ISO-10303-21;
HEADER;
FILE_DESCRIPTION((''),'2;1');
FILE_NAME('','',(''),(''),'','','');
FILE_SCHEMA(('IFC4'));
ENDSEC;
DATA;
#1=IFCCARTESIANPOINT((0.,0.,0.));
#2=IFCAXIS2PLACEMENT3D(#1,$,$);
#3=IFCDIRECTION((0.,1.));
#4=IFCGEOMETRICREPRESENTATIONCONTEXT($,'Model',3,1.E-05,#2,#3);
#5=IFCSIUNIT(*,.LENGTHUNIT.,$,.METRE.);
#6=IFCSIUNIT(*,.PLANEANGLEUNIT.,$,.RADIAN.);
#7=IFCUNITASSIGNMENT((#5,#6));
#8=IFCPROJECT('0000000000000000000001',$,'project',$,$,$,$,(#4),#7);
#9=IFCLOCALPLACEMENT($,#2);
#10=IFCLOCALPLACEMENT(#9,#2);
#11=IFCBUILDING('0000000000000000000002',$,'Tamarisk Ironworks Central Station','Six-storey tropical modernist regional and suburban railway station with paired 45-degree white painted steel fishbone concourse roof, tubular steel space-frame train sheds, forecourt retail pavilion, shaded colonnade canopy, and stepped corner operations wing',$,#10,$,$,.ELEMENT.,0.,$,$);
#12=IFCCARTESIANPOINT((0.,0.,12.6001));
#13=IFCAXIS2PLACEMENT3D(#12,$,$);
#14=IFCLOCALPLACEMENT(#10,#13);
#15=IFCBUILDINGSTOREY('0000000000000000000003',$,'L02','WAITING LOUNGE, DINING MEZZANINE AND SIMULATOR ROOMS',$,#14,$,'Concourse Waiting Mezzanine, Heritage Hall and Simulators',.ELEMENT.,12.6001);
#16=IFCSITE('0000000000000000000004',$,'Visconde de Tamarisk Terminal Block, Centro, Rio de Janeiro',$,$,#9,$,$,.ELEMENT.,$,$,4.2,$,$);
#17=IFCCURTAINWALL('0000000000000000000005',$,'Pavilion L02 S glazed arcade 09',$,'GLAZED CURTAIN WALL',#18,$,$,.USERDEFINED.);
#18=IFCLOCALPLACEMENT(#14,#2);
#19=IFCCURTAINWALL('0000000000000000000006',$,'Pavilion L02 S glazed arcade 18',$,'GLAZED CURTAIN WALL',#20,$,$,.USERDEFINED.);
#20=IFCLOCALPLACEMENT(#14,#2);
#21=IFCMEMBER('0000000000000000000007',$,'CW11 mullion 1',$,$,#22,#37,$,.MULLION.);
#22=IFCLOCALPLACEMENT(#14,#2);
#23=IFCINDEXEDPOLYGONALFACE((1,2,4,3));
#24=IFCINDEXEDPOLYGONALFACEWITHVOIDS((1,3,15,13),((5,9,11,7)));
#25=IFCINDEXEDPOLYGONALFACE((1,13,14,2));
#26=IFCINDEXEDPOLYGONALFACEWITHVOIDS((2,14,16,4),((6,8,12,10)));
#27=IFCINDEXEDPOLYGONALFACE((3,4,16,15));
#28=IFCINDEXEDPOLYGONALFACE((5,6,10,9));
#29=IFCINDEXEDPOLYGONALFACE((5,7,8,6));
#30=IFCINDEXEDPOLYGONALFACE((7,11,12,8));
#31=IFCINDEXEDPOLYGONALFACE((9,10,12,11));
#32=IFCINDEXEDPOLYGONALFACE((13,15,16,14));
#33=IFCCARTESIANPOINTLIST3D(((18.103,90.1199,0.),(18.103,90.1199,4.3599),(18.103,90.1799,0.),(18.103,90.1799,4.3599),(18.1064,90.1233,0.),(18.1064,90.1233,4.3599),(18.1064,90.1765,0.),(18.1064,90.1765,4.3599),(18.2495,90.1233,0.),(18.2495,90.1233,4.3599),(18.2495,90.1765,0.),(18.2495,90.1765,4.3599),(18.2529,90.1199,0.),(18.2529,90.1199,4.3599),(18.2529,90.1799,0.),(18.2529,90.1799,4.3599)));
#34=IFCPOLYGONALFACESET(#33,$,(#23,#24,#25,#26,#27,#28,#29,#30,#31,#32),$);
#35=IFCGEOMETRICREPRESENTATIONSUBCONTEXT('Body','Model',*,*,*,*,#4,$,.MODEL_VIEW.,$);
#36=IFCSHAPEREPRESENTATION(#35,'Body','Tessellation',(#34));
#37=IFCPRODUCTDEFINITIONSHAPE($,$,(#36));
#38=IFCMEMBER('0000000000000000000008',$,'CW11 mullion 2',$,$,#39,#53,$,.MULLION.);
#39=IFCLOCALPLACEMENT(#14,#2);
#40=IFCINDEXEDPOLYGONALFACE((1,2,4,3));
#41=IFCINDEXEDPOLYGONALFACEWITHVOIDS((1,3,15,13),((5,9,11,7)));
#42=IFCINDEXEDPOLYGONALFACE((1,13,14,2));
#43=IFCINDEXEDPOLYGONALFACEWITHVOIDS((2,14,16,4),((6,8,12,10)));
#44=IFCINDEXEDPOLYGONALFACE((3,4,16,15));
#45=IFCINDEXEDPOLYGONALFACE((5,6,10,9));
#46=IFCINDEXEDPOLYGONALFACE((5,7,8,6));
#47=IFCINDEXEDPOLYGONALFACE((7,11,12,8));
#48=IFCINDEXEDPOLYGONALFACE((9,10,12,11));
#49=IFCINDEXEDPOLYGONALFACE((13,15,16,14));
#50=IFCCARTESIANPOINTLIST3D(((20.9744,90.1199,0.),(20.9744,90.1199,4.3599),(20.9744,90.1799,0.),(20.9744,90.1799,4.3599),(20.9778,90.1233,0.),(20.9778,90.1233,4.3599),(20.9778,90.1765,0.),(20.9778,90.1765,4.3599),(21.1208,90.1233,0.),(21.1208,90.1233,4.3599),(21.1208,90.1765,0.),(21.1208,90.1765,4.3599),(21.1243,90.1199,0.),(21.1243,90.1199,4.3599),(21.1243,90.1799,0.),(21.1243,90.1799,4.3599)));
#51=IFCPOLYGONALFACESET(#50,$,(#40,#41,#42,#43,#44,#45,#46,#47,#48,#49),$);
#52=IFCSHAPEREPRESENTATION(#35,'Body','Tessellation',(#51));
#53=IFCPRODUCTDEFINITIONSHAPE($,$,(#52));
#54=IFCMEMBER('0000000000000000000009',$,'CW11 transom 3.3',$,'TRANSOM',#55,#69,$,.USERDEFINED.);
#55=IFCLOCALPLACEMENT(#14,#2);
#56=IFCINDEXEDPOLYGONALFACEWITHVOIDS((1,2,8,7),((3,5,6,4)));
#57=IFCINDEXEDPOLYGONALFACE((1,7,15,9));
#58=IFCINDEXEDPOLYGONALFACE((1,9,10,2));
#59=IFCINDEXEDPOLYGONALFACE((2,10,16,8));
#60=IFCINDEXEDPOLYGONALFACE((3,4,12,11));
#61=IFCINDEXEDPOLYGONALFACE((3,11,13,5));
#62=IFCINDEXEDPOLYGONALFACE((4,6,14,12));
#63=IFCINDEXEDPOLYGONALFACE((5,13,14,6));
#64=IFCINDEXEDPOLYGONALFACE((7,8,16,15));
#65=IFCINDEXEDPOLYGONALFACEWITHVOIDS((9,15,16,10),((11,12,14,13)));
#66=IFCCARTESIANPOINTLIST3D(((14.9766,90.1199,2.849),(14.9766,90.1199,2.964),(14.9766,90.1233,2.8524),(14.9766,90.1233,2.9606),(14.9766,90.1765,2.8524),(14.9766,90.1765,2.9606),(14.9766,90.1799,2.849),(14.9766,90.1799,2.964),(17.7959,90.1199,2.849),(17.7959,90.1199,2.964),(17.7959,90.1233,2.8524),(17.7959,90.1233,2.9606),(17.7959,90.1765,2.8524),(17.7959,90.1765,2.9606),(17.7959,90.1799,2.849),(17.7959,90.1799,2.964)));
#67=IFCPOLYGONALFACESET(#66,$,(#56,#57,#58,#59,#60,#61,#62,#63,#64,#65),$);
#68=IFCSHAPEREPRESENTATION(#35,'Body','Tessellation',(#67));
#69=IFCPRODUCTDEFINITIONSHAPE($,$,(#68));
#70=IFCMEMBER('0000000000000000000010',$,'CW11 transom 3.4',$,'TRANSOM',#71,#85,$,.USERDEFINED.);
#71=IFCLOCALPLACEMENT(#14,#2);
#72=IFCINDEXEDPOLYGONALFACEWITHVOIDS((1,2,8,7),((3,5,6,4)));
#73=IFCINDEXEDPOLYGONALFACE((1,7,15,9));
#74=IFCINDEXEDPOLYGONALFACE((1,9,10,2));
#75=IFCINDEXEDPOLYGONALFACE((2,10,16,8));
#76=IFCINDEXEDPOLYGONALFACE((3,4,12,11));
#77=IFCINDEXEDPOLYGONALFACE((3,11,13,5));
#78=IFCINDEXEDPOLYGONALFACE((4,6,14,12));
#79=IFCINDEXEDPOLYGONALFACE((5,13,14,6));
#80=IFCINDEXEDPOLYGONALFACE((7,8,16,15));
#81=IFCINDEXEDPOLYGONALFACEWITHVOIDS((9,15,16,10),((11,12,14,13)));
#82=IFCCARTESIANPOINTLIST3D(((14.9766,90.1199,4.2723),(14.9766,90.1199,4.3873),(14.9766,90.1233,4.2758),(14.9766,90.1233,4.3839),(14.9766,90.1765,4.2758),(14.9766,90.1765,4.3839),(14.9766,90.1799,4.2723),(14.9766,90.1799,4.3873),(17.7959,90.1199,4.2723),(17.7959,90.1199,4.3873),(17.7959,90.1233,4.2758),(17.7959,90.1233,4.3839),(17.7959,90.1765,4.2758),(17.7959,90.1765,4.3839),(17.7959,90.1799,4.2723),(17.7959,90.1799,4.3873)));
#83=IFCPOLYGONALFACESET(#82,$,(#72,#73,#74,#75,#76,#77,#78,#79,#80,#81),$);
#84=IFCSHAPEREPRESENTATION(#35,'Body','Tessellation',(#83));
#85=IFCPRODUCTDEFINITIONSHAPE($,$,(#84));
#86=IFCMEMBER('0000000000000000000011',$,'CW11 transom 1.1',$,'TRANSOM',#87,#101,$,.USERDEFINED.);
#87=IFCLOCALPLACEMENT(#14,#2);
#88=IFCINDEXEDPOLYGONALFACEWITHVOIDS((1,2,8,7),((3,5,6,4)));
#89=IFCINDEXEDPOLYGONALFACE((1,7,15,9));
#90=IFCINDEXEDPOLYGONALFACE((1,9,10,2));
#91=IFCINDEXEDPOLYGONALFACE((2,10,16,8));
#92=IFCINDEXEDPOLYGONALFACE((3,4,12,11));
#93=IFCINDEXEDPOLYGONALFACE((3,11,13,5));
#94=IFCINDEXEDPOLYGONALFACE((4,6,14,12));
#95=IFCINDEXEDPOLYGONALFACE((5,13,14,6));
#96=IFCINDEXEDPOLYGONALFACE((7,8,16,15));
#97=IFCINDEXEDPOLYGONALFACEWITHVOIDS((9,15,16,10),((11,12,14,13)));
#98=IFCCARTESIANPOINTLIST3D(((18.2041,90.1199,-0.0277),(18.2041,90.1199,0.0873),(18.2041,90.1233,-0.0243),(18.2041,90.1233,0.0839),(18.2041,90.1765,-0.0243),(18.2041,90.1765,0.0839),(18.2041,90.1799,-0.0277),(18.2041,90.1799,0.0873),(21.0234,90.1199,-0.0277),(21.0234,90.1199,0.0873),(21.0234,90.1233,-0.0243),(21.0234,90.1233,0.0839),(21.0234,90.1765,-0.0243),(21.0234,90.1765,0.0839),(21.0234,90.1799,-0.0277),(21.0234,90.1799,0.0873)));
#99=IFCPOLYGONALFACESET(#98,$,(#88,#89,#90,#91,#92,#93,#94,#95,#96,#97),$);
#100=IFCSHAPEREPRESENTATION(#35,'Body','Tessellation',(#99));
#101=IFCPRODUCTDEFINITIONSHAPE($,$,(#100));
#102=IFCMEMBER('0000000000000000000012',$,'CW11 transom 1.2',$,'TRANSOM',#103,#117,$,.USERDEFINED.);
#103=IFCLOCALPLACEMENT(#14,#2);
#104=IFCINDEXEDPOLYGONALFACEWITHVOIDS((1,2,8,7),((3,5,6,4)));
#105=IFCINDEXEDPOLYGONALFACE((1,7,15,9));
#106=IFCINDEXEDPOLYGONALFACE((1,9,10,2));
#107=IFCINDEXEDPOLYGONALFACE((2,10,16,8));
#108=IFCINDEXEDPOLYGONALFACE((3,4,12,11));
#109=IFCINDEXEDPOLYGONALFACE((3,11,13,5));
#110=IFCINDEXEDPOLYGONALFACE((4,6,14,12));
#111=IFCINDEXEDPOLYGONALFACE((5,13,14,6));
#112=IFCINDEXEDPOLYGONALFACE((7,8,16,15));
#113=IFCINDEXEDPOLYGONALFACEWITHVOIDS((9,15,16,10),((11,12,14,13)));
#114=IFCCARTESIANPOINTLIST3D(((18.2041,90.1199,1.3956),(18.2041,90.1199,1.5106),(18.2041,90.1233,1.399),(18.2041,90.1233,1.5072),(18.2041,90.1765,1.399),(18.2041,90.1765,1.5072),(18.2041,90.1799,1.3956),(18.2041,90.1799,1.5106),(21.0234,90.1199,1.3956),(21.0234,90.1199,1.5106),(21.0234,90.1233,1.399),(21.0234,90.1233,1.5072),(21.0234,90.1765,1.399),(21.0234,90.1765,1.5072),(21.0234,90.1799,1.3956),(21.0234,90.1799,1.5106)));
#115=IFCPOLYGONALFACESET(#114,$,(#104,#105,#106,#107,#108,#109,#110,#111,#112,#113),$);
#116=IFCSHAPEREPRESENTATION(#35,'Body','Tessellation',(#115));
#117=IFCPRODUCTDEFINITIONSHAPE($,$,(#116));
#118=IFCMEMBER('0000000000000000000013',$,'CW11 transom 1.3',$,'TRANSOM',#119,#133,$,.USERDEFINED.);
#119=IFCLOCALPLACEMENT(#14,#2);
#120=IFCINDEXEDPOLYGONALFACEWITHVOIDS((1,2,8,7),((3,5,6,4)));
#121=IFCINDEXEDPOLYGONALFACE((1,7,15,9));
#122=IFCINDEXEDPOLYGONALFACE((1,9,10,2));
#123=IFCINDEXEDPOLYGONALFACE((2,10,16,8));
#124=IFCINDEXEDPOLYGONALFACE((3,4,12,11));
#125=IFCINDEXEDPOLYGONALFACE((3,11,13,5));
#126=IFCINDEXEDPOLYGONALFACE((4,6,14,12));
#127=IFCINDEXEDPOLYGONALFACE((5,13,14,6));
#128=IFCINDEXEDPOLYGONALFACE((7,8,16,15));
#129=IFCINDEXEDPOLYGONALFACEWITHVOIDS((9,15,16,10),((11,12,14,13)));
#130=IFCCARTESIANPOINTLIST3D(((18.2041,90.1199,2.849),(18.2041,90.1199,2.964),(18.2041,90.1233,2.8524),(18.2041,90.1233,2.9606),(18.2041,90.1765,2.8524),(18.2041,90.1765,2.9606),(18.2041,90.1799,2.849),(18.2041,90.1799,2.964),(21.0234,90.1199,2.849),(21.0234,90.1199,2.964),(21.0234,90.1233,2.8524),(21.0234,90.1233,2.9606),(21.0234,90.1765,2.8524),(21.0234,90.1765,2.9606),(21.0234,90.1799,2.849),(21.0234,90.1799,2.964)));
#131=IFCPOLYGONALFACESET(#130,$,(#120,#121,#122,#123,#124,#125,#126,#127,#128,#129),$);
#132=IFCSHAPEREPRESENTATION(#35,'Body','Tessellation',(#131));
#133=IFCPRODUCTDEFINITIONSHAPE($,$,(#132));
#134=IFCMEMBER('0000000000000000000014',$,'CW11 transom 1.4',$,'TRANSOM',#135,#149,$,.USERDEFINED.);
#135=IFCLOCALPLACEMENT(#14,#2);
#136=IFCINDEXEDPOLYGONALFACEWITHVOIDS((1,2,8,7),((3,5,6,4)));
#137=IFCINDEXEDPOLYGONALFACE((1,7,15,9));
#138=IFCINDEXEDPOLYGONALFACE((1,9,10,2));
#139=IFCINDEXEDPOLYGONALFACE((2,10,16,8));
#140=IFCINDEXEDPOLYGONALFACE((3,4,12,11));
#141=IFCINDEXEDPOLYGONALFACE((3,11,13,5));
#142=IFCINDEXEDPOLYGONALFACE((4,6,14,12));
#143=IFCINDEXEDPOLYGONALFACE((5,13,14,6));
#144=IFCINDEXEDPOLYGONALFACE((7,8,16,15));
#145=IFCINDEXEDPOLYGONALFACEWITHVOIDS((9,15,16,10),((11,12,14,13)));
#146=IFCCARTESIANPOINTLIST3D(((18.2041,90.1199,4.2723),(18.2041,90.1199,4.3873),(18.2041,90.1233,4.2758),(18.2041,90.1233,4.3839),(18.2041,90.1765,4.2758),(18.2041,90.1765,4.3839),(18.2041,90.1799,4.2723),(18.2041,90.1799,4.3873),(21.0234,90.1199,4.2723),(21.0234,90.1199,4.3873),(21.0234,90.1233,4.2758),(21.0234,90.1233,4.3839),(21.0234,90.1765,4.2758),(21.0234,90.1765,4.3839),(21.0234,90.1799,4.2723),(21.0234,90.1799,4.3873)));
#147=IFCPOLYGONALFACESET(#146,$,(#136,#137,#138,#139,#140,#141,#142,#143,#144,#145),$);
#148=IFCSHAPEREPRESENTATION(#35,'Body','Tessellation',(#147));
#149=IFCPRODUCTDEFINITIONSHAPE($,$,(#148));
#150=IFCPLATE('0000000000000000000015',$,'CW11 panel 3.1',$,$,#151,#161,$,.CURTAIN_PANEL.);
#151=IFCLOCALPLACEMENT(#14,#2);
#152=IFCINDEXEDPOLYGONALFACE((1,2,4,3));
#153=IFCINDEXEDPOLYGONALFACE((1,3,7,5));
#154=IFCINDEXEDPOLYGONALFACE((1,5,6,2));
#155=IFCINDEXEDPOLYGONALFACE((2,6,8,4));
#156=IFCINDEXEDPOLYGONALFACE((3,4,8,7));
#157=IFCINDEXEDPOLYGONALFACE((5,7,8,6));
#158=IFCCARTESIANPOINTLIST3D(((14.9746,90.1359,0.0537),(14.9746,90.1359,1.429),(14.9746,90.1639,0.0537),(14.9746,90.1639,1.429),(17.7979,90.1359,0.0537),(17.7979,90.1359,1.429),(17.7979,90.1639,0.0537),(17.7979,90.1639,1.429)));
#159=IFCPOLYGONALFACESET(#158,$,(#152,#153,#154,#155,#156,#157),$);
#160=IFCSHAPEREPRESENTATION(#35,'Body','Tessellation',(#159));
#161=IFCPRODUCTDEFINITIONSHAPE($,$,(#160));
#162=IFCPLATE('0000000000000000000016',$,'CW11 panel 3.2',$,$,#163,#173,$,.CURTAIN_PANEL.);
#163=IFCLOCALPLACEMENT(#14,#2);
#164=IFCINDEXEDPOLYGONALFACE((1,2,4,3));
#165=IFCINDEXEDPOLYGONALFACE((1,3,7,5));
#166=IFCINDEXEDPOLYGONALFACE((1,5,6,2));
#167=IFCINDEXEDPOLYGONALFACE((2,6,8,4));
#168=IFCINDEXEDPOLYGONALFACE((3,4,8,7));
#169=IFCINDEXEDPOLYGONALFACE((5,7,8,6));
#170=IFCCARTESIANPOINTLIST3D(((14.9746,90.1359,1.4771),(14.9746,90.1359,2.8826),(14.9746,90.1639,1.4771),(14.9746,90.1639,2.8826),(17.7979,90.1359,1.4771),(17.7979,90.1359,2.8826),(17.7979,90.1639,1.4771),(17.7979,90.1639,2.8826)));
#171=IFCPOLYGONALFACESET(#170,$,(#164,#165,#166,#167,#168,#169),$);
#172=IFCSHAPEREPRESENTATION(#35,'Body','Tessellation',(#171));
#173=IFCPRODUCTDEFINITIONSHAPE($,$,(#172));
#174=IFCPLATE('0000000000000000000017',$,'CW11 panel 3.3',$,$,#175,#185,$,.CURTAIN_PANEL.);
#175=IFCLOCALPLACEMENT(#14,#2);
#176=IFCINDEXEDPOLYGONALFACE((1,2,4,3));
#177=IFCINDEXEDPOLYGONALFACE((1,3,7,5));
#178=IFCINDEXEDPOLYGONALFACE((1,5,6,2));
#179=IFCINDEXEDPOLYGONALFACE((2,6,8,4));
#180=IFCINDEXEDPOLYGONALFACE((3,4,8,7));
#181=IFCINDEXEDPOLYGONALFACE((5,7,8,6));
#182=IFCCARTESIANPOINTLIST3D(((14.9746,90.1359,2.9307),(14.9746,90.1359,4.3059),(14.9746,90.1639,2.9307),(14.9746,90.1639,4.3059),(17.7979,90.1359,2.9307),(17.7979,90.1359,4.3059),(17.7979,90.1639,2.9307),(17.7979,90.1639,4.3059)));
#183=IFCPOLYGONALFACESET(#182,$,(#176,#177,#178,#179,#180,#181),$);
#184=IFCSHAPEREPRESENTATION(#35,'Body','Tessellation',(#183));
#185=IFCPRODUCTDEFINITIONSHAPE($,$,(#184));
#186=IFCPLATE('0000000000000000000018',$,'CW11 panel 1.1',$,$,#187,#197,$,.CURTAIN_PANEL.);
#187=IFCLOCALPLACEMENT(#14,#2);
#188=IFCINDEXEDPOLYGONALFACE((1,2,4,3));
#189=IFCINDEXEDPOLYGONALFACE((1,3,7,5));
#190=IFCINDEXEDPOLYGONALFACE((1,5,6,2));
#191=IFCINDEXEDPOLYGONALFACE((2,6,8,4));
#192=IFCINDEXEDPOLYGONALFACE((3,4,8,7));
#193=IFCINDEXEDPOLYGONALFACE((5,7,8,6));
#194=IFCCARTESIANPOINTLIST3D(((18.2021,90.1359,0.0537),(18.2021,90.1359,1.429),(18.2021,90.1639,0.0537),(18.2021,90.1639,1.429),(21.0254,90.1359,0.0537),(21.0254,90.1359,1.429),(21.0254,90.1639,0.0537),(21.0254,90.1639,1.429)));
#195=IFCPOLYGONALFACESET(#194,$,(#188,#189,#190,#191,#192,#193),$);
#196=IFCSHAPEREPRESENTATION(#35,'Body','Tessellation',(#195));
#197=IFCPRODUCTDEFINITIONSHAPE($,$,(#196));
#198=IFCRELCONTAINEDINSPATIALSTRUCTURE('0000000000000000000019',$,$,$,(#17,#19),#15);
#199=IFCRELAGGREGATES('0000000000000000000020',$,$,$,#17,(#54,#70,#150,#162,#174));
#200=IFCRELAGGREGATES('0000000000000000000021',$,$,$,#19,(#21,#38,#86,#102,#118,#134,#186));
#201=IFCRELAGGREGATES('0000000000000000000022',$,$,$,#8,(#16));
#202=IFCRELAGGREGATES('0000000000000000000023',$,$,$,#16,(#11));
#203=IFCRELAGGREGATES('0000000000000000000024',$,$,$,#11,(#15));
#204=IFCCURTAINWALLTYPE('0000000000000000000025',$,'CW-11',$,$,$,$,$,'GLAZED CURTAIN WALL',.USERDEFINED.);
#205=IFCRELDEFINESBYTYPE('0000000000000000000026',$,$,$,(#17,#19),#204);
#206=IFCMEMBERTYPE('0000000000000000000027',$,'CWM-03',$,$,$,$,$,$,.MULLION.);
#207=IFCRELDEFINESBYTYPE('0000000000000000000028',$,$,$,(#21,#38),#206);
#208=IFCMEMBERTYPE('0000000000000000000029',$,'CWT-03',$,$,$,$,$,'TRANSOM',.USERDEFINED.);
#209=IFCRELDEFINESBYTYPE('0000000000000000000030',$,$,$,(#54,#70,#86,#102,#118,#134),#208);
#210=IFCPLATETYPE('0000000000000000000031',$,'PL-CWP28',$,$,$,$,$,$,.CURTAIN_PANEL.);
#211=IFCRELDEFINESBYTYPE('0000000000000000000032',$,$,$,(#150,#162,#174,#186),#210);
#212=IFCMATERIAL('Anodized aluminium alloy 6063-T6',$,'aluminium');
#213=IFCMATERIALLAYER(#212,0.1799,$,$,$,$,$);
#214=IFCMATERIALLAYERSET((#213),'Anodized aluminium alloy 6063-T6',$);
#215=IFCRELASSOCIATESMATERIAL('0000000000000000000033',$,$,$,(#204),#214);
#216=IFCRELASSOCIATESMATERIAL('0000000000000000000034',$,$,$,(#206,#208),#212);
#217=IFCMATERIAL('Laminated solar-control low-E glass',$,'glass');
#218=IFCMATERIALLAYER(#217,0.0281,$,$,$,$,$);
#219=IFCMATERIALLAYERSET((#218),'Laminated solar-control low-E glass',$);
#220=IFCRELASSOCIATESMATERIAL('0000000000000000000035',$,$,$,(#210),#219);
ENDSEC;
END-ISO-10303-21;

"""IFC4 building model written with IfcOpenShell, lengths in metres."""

from ifc_helpers import new_model, si_unit, direction, frame, origin, origin_2d, place, context, subcontext, project, spatial, rectangle, hollow_rectangle, extrude, material, layer, layer_set, material_profile, profile_set, type_object, element, aggregate, save


model = new_model("IFC4")

# Units and contexts
model_context = context("Model", 3, precision=1e-05, world=origin(), true_north=direction((0.0, 1.0)))
body_context = subcontext(model_context, "Body", "Model", "MODEL_VIEW")
ifc_project = project(units=[si_unit("LENGTHUNIT", "METRE"), si_unit("PLANEANGLEUNIT", "RADIAN")], contexts=[model_context])

# Site, building, storey
site_placement = place(None, origin())
site = spatial("IfcSite", under=ifc_project, at=site_placement, Name="Visconde de Tamarisk Terminal Block, Centro, Rio de Janeiro", CompositionType="ELEMENT", RefElevation=4.2)
building_placement = place(site_placement, origin())
building = spatial("IfcBuilding", under=site, at=building_placement, Name="Tamarisk Ironworks Central Station", Description="Six-storey tropical modernist regional and suburban railway station with paired 45-degree white painted steel fishbone concourse roof, tubular steel space-frame train sheds, forecourt retail pavilion, shaded colonnade canopy, and stepped corner operations wing", CompositionType="ELEMENT", ElevationOfRefHeight=0.0)
storey_placement = place(building_placement, frame((0.0, 0.0, 12.6001)))
storey = spatial("IfcBuildingStorey", under=building, at=storey_placement, Name="L02", Description="WAITING LOUNGE, DINING MEZZANINE AND SIMULATOR ROOMS", LongName="Concourse Waiting Mezzanine, Heritage Hall and Simulators", CompositionType="ELEMENT", Elevation=12.6001)

# Curtain wall
ifc_material_1 = material(Name="Anodized aluminium alloy 6063-T6", Category="aluminium")
ifc_layer_1 = layer(ifc_material_1, 0.1799)
ifc_layer_set_1 = layer_set([ifc_layer_1], Name="Anodized aluminium alloy 6063-T6")
curtain_wall_type = type_object("IfcCurtainWallType", Name="CW-11", ElementType="GLAZED CURTAIN WALL", PredefinedType="USERDEFINED", material=ifc_layer_set_1)
curtain_wall_1_placement = place(storey_placement, origin())
curtain_wall_1 = element("IfcCurtainWall", 1, at=curtain_wall_1_placement, inside=storey, type_object=curtain_wall_type, Name="Pavilion L02 S glazed arcade 09", ObjectType="GLAZED CURTAIN WALL", PredefinedType="USERDEFINED")
ifc_material_profile_1 = material_profile(ifc_material_1, hollow_rectangle(XDim=0.0601, YDim=0.1499, WallThickness=0.0034, at=origin_2d()), Name="ALUM 150x60")
ifc_profile_set_1 = profile_set([ifc_material_profile_1], Name="Anodized aluminium alloy 6063-T6")
member_type_1 = type_object("IfcMemberType", Name="CWM-03", PredefinedType="MULLION", material=ifc_profile_set_1)

# Curtain wall, members
curtain_wall_2_placement = place(storey_placement, origin())
curtain_wall_2 = element("IfcCurtainWall", 2, at=curtain_wall_2_placement, inside=storey, type_object=curtain_wall_type, Name="Pavilion L02 S glazed arcade 18", ObjectType="GLAZED CURTAIN WALL", PredefinedType="USERDEFINED")
member_1_placement = place(storey_placement, frame((18.178, 90.1499, 0.0), z_axis=(0.0, 0.0, 1.0), x_axis=(0.0, 1.0, 0.0)))
member_1 = element("IfcMember", 3, at=member_1_placement, type_object=member_type_1, Name="CW11 mullion 1", PredefinedType="MULLION", context=body_context, shape_type="SweptSolid", body=[
    extrude(hollow_rectangle(XDim=0.0601, YDim=0.1499, WallThickness=0.0034, at=origin_2d()), origin(), (0.0, 0.0, 1.0), 4.3599),
])
member_2_placement = place(storey_placement, frame((21.0493, 90.1499, 0.0), z_axis=(0.0, 0.0, 1.0), x_axis=(0.0, 1.0, 0.0)))
member_2 = element("IfcMember", 4, at=member_2_placement, type_object=member_type_1, Name="CW11 mullion 2", PredefinedType="MULLION", context=body_context, shape_type="SweptSolid", body=[
    extrude(hollow_rectangle(XDim=0.0601, YDim=0.1499, WallThickness=0.0034, at=origin_2d()), origin(), (0.0, 0.0, 1.0), 4.3599),
])

# Members
ifc_material_profile_2 = material_profile(ifc_material_1, hollow_rectangle(XDim=0.0601, YDim=0.115, WallThickness=0.0034, at=origin_2d()), Name="ALUM 115x60")
ifc_profile_set_2 = profile_set([ifc_material_profile_2], Name="Anodized aluminium alloy 6063-T6")
member_type_2 = type_object("IfcMemberType", Name="CWT-03", ElementType="TRANSOM", PredefinedType="USERDEFINED", material=ifc_profile_set_2)
member_3_placement = place(storey_placement, frame((14.9766, 90.1499, 2.9065), z_axis=(1.0, 0.0, 0.0), x_axis=(0.0, 1.0, 0.0)))
member_3 = element("IfcMember", 5, at=member_3_placement, type_object=member_type_2, Name="CW11 transom 3.3", ObjectType="TRANSOM", PredefinedType="USERDEFINED", context=body_context, shape_type="SweptSolid", body=[
    extrude(hollow_rectangle(XDim=0.0601, YDim=0.115, WallThickness=0.0034, at=origin_2d()), origin(), (0.0, 0.0, 1.0), 2.8193),
])
member_4_placement = place(storey_placement, frame((14.9766, 90.1499, 4.3298), z_axis=(1.0, 0.0, 0.0), x_axis=(0.0, 1.0, 0.0)))
member_4 = element("IfcMember", 6, at=member_4_placement, type_object=member_type_2, Name="CW11 transom 3.4", ObjectType="TRANSOM", PredefinedType="USERDEFINED", context=body_context, shape_type="SweptSolid", body=[
    extrude(hollow_rectangle(XDim=0.0601, YDim=0.115, WallThickness=0.0034, at=origin_2d()), origin(), (0.0, 0.0, 1.0), 2.8193),
])
member_5_placement = place(storey_placement, frame((18.2041, 90.1499, 0.0298), z_axis=(1.0, 0.0, 0.0), x_axis=(0.0, 1.0, 0.0)))
member_5 = element("IfcMember", 7, at=member_5_placement, type_object=member_type_2, Name="CW11 transom 1.1", ObjectType="TRANSOM", PredefinedType="USERDEFINED", context=body_context, shape_type="SweptSolid", body=[
    extrude(hollow_rectangle(XDim=0.0601, YDim=0.115, WallThickness=0.0034, at=origin_2d()), origin(), (0.0, 0.0, 1.0), 2.8193),
])
member_6_placement = place(storey_placement, frame((18.2041, 90.1499, 1.4531), z_axis=(1.0, 0.0, 0.0), x_axis=(0.0, 1.0, 0.0)))
member_6 = element("IfcMember", 8, at=member_6_placement, type_object=member_type_2, Name="CW11 transom 1.2", ObjectType="TRANSOM", PredefinedType="USERDEFINED", context=body_context, shape_type="SweptSolid", body=[
    extrude(hollow_rectangle(XDim=0.0601, YDim=0.115, WallThickness=0.0034, at=origin_2d()), origin(), (0.0, 0.0, 1.0), 2.8193),
])
member_7_placement = place(storey_placement, frame((18.2041, 90.1499, 2.9065), z_axis=(1.0, 0.0, 0.0), x_axis=(0.0, 1.0, 0.0)))
member_7 = element("IfcMember", 9, at=member_7_placement, type_object=member_type_2, Name="CW11 transom 1.3", ObjectType="TRANSOM", PredefinedType="USERDEFINED", context=body_context, shape_type="SweptSolid", body=[
    extrude(hollow_rectangle(XDim=0.0601, YDim=0.115, WallThickness=0.0034, at=origin_2d()), origin(), (0.0, 0.0, 1.0), 2.8193),
])
member_8_placement = place(storey_placement, frame((18.2041, 90.1499, 4.3298), z_axis=(1.0, 0.0, 0.0), x_axis=(0.0, 1.0, 0.0)))
member_8 = element("IfcMember", 10, at=member_8_placement, type_object=member_type_2, Name="CW11 transom 1.4", ObjectType="TRANSOM", PredefinedType="USERDEFINED", context=body_context, shape_type="SweptSolid", body=[
    extrude(hollow_rectangle(XDim=0.0601, YDim=0.115, WallThickness=0.0034, at=origin_2d()), origin(), (0.0, 0.0, 1.0), 2.8193),
])

# Plates
ifc_material_2 = material(Name="Laminated solar-control low-E glass", Category="glass")
ifc_layer_2 = layer(ifc_material_2, 0.0281)
ifc_layer_set_2 = layer_set([ifc_layer_2], Name="Laminated solar-control low-E glass")
plate_type = type_object("IfcPlateType", Name="PL-CWP28", PredefinedType="CURTAIN_PANEL", material=ifc_layer_set_2)
plate_1_placement = place(storey_placement, frame((16.3862, 90.1499, 0.0537), z_axis=(0.0, 0.0, 1.0), x_axis=(1.0, 0.0, 0.0)))
plate_1 = element("IfcPlate", 11, at=plate_1_placement, type_object=plate_type, Name="CW11 panel 3.1", PredefinedType="CURTAIN_PANEL", context=body_context, shape_type="SweptSolid", body=[
    extrude(rectangle(XDim=2.8232, YDim=0.0281, at=origin_2d()), origin(), (0.0, 0.0, 1.0), 1.3752),
])
plate_2_placement = place(storey_placement, frame((16.3862, 90.1499, 1.4771), z_axis=(0.0, 0.0, 1.0), x_axis=(1.0, 0.0, 0.0)))
plate_2 = element("IfcPlate", 12, at=plate_2_placement, type_object=plate_type, Name="CW11 panel 3.2", PredefinedType="CURTAIN_PANEL", context=body_context, shape_type="SweptSolid", body=[
    extrude(rectangle(XDim=2.8232, YDim=0.0281, at=origin_2d()), origin(), (0.0, 0.0, 1.0), 1.4055),
])
plate_3_placement = place(storey_placement, frame((16.3862, 90.1499, 2.9307), z_axis=(0.0, 0.0, 1.0), x_axis=(1.0, 0.0, 0.0)))
plate_3 = element("IfcPlate", 13, at=plate_3_placement, type_object=plate_type, Name="CW11 panel 3.3", PredefinedType="CURTAIN_PANEL", context=body_context, shape_type="SweptSolid", body=[
    extrude(rectangle(XDim=2.8232, YDim=0.0281, at=origin_2d()), origin(), (0.0, 0.0, 1.0), 1.3752),
])
aggregate(curtain_wall_1, [member_3, member_4, plate_1, plate_2, plate_3])
plate_4_placement = place(storey_placement, frame((19.6138, 90.1499, 0.0537), z_axis=(0.0, 0.0, 1.0), x_axis=(1.0, 0.0, 0.0)))
plate_4 = element("IfcPlate", 14, at=plate_4_placement, type_object=plate_type, Name="CW11 panel 1.1", PredefinedType="CURTAIN_PANEL", context=body_context, shape_type="SweptSolid", body=[
    extrude(rectangle(XDim=2.8232, YDim=0.0281, at=origin_2d()), origin(), (0.0, 0.0, 1.0), 1.3752),
])
aggregate(curtain_wall_2, [member_1, member_2, member_5, member_6, member_7, member_8, plate_4])

save(model, "model.ifc")
